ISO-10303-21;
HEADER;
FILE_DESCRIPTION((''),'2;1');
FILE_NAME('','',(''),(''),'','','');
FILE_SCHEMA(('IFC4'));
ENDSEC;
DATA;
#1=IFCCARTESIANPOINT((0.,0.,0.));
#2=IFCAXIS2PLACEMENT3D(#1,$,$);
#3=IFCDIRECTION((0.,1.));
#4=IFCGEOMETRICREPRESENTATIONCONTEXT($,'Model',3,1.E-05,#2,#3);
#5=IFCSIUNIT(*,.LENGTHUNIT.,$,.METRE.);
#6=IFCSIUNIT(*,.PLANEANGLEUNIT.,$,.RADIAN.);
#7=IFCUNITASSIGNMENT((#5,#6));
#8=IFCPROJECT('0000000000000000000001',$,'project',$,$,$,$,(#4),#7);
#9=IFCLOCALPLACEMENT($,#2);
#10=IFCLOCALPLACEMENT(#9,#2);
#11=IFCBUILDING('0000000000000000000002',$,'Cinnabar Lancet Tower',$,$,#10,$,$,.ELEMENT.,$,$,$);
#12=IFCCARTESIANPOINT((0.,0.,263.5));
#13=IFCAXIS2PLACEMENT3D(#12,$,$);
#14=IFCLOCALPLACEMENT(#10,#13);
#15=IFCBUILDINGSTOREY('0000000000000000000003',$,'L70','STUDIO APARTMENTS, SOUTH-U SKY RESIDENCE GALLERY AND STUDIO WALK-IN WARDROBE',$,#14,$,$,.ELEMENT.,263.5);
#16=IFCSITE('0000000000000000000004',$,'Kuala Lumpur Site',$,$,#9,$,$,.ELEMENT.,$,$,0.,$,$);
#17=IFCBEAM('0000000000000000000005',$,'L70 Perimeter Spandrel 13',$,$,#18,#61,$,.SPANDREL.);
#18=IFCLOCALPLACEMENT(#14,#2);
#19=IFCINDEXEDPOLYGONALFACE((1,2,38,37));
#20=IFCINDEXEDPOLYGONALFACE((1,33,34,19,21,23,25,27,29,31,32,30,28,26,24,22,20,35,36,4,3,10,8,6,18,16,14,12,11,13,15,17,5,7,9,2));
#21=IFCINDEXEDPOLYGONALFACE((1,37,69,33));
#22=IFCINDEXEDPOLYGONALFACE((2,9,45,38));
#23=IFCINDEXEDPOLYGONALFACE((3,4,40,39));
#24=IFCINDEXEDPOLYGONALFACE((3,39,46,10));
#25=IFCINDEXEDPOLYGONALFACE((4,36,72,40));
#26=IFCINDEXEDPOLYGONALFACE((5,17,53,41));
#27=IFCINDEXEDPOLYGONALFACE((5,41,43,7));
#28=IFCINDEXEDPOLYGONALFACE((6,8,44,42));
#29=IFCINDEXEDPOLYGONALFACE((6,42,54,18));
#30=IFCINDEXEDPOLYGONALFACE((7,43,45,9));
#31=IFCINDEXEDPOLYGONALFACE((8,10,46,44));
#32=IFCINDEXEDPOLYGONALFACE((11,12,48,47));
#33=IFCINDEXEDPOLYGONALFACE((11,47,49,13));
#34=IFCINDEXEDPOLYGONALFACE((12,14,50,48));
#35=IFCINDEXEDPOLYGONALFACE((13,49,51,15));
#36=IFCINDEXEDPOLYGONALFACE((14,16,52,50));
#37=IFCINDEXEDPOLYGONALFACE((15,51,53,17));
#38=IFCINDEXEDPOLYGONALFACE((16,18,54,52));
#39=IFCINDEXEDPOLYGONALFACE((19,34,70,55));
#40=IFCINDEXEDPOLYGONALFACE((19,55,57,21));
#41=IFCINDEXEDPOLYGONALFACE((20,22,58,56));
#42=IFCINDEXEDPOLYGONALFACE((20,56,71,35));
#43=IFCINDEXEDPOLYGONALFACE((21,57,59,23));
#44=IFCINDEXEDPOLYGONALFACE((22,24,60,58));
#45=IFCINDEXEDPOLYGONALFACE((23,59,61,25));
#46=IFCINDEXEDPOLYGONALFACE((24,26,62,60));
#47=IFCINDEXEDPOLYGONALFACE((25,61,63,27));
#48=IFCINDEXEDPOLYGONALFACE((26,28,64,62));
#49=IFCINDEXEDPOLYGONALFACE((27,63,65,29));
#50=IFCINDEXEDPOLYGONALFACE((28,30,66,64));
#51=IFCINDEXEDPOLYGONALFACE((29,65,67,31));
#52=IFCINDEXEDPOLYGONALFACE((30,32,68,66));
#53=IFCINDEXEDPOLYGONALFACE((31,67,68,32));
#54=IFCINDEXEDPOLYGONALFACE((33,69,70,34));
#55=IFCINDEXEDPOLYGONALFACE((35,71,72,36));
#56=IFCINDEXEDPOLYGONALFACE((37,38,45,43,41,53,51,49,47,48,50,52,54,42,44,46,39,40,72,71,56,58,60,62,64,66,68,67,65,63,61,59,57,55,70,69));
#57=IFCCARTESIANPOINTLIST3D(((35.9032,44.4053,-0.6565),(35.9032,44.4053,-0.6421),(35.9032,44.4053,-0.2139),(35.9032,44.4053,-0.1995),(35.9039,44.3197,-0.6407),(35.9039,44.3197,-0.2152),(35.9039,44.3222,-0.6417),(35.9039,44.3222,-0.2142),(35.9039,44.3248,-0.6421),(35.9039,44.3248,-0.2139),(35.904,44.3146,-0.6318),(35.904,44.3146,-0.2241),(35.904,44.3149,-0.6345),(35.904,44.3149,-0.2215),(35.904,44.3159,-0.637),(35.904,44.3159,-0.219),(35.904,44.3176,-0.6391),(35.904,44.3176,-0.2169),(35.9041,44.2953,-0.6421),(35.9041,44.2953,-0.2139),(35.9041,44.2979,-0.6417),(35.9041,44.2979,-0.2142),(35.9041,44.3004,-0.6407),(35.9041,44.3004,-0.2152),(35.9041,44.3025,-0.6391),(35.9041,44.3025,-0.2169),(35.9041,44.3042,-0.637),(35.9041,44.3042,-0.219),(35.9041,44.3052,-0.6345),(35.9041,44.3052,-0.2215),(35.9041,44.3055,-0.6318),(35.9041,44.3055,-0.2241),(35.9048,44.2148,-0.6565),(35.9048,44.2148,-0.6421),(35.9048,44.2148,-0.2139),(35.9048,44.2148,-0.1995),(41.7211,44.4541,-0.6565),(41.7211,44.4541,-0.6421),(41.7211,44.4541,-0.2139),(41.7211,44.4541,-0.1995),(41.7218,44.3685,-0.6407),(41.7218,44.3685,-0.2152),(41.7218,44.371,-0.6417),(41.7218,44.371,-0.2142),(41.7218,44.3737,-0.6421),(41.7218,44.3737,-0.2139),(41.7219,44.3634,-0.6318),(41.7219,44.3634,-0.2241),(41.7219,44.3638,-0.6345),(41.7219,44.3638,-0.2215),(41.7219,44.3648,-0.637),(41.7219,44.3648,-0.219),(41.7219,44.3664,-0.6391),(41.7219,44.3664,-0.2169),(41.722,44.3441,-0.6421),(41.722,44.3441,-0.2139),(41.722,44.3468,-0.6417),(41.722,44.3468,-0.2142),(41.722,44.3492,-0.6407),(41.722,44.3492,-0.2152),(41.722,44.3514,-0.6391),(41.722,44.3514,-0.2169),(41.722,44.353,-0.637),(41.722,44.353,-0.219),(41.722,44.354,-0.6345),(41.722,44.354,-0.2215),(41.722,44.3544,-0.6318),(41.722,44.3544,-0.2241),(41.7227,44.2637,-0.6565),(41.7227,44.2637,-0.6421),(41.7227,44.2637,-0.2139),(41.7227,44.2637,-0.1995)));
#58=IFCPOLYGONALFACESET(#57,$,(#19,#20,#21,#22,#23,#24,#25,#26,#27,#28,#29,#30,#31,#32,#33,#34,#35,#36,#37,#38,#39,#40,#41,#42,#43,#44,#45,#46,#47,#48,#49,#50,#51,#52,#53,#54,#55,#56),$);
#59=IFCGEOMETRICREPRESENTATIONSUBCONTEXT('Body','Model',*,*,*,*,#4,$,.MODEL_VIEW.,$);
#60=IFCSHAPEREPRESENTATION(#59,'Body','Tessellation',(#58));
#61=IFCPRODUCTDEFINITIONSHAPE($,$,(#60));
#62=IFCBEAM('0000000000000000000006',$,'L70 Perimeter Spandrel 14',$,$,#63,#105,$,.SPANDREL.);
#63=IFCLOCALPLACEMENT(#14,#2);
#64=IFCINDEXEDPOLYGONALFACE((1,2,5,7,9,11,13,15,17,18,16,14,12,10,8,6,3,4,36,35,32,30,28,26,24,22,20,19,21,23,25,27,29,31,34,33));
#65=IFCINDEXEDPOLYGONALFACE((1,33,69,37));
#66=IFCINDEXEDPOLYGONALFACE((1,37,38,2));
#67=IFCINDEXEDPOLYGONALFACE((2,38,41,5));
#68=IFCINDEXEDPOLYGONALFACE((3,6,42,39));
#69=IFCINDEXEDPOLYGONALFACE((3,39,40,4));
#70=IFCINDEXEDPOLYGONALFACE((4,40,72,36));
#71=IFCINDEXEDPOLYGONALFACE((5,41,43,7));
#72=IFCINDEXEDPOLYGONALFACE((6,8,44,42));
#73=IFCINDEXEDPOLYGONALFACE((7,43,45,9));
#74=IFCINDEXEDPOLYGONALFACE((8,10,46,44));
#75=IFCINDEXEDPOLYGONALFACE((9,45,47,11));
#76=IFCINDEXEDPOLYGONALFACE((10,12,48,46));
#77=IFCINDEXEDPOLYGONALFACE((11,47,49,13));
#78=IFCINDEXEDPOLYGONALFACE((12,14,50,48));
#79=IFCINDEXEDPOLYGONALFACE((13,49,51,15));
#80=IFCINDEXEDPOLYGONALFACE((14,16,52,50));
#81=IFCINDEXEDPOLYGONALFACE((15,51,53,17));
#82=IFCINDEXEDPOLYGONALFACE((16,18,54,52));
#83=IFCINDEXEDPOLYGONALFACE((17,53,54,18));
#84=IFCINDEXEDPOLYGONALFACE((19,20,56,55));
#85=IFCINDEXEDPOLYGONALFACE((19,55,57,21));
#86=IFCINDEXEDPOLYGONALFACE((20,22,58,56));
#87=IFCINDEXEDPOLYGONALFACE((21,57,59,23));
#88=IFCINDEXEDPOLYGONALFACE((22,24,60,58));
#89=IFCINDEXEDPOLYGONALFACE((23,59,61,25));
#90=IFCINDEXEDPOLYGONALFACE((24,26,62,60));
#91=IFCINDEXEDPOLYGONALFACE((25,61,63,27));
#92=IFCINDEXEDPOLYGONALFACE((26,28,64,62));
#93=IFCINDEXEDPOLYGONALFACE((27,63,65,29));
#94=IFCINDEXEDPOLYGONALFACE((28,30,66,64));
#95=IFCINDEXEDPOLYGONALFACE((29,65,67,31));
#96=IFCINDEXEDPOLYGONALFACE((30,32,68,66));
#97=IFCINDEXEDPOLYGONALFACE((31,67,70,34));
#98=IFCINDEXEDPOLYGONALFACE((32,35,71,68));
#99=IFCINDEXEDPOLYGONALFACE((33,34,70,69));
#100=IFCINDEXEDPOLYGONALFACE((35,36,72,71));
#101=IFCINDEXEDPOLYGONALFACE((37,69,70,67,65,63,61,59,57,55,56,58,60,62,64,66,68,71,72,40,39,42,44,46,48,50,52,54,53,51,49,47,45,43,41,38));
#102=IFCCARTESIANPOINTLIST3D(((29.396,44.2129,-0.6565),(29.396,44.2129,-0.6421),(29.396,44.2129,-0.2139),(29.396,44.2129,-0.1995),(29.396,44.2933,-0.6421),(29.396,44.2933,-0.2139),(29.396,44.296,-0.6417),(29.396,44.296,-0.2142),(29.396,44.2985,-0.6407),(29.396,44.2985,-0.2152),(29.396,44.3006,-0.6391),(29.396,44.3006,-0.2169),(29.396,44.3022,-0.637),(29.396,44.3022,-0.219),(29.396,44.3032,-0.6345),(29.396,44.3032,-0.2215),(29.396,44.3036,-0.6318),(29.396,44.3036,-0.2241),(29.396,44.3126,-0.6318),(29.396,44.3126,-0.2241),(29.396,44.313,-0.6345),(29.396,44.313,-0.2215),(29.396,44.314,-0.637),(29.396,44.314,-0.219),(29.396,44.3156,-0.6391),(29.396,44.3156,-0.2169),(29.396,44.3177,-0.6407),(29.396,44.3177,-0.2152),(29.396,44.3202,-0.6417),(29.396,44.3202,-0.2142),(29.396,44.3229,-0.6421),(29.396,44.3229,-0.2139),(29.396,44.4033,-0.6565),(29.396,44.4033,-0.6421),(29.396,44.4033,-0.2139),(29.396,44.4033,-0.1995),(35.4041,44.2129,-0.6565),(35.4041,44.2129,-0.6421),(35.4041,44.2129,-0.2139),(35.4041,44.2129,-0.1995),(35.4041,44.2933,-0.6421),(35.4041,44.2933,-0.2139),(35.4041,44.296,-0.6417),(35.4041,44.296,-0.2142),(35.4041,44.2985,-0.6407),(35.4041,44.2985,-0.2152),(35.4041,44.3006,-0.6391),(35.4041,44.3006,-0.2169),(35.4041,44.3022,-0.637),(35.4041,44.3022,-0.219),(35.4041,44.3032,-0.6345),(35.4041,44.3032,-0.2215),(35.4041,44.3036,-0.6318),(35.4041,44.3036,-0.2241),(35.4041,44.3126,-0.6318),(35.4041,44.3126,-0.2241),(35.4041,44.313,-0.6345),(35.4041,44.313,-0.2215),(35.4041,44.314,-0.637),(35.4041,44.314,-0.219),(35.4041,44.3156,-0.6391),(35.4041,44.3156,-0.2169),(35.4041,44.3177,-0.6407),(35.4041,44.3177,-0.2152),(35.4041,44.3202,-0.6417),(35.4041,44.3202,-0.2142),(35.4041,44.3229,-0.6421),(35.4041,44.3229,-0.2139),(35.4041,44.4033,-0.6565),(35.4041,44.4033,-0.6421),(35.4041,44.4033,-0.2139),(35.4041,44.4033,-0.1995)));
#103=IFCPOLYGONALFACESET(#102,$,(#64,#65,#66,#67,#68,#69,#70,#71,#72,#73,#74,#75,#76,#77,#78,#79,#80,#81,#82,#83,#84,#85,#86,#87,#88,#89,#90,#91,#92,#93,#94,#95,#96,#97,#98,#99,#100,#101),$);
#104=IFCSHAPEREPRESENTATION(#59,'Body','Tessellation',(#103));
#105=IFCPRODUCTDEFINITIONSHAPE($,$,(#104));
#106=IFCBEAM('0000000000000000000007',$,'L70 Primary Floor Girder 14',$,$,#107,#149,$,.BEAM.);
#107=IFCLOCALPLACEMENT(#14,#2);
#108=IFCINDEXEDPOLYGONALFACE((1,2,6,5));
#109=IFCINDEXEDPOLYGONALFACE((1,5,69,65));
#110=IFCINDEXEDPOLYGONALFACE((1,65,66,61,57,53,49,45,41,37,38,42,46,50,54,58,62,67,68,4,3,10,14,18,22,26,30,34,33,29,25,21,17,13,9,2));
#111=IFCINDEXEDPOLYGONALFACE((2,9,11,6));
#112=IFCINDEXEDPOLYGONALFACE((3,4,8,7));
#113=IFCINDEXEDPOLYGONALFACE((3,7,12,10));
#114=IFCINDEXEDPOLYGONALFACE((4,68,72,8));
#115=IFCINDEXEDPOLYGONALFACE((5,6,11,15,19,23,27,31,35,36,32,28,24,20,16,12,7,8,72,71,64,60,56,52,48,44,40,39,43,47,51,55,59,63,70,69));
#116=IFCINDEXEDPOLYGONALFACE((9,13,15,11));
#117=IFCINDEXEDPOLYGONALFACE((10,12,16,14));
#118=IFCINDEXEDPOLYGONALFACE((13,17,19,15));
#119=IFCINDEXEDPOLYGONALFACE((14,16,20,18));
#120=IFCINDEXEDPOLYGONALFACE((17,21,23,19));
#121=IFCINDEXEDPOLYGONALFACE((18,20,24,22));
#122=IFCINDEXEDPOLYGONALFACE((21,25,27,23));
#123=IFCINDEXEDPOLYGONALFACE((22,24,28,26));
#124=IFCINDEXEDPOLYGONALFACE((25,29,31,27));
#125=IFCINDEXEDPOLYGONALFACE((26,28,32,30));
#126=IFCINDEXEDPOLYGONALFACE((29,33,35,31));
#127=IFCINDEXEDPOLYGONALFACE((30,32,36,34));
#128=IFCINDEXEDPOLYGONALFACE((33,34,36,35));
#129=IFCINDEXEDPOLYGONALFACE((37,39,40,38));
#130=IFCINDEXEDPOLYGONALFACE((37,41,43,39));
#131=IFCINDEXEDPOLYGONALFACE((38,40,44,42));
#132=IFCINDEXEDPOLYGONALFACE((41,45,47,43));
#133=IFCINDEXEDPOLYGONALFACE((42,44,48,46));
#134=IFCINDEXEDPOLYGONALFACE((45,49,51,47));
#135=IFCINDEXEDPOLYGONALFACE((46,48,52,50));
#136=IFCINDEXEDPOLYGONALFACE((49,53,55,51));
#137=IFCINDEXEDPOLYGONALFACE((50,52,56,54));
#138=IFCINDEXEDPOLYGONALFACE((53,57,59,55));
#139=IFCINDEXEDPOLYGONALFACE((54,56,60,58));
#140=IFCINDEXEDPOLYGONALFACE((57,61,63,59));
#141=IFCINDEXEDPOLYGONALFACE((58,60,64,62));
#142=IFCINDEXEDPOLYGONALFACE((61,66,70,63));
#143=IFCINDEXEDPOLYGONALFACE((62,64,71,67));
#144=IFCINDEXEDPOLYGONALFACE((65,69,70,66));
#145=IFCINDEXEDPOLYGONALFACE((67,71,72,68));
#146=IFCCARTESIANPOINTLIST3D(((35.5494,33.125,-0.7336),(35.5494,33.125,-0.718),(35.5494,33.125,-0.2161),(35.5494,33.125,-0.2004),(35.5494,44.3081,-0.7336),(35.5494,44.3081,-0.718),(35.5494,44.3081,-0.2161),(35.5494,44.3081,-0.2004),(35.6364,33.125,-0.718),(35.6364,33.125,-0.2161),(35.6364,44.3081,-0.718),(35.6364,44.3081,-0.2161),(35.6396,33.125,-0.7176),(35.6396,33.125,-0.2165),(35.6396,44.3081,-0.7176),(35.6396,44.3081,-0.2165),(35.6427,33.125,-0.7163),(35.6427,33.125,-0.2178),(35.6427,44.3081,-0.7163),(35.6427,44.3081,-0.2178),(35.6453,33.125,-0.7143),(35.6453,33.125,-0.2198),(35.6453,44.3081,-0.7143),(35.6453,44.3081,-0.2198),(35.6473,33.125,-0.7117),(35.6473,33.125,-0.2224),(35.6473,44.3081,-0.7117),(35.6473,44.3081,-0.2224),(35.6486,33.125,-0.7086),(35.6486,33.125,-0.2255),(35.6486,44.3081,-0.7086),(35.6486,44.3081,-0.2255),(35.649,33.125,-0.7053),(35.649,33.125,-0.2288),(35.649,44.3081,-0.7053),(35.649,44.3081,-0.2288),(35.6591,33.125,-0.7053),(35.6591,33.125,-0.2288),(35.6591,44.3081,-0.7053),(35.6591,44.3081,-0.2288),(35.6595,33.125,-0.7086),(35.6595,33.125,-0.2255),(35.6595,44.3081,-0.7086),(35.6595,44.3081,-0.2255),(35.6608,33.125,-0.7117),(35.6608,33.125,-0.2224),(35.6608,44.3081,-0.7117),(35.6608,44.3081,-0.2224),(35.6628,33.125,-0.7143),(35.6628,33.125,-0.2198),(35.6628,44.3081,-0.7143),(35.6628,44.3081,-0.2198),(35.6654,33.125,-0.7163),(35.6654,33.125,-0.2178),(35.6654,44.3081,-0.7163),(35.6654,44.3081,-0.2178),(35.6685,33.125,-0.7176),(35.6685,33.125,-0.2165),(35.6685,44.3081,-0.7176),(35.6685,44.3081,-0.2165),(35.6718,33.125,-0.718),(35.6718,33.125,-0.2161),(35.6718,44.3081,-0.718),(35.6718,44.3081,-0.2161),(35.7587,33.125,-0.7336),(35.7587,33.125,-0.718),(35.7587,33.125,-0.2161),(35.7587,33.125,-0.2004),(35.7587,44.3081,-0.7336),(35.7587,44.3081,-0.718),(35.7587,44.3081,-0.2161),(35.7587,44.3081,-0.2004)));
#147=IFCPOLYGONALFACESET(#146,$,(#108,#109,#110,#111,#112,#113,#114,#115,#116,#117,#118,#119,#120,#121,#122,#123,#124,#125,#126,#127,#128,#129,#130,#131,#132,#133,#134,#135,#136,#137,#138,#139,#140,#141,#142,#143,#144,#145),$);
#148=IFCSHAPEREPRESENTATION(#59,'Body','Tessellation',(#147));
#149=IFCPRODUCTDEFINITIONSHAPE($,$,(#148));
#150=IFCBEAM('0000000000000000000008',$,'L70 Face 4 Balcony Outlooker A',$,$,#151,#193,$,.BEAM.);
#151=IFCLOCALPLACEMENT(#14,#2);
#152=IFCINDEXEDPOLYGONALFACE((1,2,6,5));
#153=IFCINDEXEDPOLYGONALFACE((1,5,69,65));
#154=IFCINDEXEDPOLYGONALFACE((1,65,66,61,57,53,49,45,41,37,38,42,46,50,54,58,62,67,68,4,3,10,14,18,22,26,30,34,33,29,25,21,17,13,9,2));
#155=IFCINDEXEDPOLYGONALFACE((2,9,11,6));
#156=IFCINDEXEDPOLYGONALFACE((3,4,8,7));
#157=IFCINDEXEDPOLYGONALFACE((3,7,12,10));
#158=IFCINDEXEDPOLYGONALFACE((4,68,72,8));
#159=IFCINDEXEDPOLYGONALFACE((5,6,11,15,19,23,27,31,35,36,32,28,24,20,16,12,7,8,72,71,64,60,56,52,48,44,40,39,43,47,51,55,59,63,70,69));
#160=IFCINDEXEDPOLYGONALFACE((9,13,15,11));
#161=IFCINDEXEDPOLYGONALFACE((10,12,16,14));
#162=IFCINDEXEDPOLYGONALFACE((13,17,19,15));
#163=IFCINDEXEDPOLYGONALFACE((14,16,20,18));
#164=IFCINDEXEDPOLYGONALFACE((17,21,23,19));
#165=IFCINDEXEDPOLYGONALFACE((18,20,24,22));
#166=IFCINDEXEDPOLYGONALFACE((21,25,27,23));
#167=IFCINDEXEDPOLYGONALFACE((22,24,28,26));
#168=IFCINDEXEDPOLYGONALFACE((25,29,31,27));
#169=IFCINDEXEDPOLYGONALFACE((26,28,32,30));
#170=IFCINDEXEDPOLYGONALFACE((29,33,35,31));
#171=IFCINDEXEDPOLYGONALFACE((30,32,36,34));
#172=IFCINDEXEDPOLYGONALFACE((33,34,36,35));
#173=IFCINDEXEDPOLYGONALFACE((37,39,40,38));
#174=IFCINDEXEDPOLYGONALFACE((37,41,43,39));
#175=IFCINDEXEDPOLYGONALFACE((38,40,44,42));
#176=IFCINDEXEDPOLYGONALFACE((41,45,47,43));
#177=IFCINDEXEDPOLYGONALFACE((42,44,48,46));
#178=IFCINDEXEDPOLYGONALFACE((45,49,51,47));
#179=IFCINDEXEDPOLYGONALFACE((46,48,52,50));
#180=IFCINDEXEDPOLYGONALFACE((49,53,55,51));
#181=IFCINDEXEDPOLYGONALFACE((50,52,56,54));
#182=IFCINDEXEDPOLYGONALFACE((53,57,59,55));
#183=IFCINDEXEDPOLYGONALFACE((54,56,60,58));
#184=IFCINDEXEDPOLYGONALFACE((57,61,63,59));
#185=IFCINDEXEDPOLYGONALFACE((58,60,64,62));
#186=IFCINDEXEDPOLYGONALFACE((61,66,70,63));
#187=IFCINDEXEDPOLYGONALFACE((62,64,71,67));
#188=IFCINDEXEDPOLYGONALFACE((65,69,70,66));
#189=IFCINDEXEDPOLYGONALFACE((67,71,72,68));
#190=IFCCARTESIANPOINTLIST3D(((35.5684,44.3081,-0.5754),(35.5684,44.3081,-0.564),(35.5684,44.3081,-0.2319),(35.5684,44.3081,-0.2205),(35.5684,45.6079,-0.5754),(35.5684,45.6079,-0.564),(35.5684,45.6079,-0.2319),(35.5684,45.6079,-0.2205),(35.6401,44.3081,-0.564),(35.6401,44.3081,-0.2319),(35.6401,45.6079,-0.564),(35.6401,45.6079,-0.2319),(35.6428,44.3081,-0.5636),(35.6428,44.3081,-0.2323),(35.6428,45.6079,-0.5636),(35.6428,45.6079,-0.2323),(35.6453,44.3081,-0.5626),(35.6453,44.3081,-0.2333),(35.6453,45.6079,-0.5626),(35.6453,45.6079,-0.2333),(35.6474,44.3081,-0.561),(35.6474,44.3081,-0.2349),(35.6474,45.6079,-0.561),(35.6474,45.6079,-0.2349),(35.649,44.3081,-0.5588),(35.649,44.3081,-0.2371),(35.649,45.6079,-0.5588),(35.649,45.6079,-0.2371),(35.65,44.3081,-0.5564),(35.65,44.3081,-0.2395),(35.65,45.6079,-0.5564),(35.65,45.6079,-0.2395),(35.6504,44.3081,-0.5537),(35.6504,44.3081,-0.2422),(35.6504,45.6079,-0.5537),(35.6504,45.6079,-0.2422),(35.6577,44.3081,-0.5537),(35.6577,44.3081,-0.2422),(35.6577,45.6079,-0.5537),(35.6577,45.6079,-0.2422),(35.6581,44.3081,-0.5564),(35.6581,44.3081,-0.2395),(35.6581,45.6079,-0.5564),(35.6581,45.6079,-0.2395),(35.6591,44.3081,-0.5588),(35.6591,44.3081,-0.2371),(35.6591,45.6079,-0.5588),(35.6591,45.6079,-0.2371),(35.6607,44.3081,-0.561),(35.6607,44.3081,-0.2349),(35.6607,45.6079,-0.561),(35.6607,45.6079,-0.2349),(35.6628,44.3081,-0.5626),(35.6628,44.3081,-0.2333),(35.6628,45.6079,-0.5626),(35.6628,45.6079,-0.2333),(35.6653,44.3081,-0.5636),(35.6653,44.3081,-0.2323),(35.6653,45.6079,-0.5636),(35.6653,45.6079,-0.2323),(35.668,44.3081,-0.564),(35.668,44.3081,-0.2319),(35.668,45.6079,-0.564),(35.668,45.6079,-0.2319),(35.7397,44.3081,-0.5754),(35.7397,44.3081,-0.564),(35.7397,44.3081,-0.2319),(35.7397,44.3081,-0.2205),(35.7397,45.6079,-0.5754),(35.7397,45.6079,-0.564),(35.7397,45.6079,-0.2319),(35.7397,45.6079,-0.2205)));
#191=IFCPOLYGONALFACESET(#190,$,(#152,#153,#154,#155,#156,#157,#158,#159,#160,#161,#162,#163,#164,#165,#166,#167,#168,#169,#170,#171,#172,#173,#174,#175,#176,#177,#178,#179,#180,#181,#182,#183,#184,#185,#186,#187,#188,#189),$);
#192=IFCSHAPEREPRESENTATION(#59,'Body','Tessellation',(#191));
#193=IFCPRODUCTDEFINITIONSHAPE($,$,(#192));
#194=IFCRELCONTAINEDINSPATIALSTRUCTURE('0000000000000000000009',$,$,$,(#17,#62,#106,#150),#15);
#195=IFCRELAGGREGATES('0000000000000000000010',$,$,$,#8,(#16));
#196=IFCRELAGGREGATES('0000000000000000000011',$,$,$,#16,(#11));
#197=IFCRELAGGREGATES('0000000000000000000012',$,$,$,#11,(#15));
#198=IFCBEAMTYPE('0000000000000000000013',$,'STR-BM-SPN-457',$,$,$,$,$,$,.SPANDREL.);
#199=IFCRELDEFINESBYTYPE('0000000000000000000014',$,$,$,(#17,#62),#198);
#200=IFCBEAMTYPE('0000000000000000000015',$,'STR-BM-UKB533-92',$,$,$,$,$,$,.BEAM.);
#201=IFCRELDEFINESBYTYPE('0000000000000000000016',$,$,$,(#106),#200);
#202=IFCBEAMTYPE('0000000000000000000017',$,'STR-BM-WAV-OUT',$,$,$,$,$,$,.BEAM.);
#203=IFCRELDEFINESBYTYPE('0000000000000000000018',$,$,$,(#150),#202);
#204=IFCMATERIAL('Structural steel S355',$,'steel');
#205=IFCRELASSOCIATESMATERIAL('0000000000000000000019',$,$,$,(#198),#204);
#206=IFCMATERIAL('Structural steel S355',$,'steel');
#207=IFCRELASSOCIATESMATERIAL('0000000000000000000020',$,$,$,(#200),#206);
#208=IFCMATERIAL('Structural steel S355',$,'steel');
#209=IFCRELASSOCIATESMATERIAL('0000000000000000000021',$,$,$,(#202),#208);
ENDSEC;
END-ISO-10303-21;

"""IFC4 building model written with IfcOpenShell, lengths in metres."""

from ifc_helpers import new_model, si_unit, direction, frame, origin, origin_2d, place, context, subcontext, project, spatial, i_section, extrude, material, material_profile, profile_set, type_object, element, save


model = new_model("IFC4")

# Units and contexts
model_context = context("Model", 3, precision=1e-05, world=origin(), true_north=direction((0.0, 1.0)))
body_context = subcontext(model_context, "Body", "Model", "MODEL_VIEW")
ifc_project = project(units=[si_unit("LENGTHUNIT", "METRE"), si_unit("PLANEANGLEUNIT", "RADIAN")], contexts=[model_context])

# Site, building, storey
site_placement = place(None, origin())
site = spatial("IfcSite", under=ifc_project, at=site_placement, Name="Kuala Lumpur Site", CompositionType="ELEMENT", RefElevation=0.0)
building_placement = place(site_placement, origin())
building = spatial("IfcBuilding", under=site, at=building_placement, Name="Cinnabar Lancet Tower", CompositionType="ELEMENT")
storey_placement = place(building_placement, frame((0.0, 0.0, 263.5)))
storey = spatial("IfcBuildingStorey", under=building, at=storey_placement, Name="L70", Description="STUDIO APARTMENTS, SOUTH-U SKY RESIDENCE GALLERY AND STUDIO WALK-IN WARDROBE", CompositionType="ELEMENT", Elevation=263.5)

# Beams
ifc_material_1 = material(Name="Structural steel S355", Category="steel")
ifc_material_profile_1 = material_profile(ifc_material_1, i_section(OverallWidth=0.1904, OverallDepth=0.457, WebThickness=0.009, FlangeThickness=0.0144, FilletRadius=0.0103, at=origin_2d()), Name="UKB 457x191x74")
ifc_profile_set_1 = profile_set([ifc_material_profile_1], Name="Structural steel S355")
beam_type_1 = type_object("IfcBeamType", Name="STR-BM-SPN-457", PredefinedType="SPANDREL", material=ifc_profile_set_1)
beam_1_placement = place(storey_placement, frame((41.7219, 44.3589, -0.428), z_axis=(-0.999965, -0.008392, 0.0), x_axis=(0.008392, -0.999965, 0.0)))
element("IfcBeam", 1, at=beam_1_placement, inside=storey, type_object=beam_type_1, Name="L70 Perimeter Spandrel 13", PredefinedType="SPANDREL", context=body_context, shape_type="SweptSolid", body=[
    extrude(i_section(OverallWidth=0.1904, OverallDepth=0.457, WebThickness=0.009, FlangeThickness=0.0144, FilletRadius=0.0103, at=origin_2d()), origin(), (0.0, 0.0, 1.0), 5.8181),
])
beam_2_placement = place(storey_placement, frame((35.4041, 44.3081, -0.428), z_axis=(-1.0, 0.0, 0.0), x_axis=(0.0, -1.0, 0.0)))
element("IfcBeam", 2, at=beam_2_placement, inside=storey, type_object=beam_type_1, Name="L70 Perimeter Spandrel 14", PredefinedType="SPANDREL", context=body_context, shape_type="SweptSolid", body=[
    extrude(i_section(OverallWidth=0.1904, OverallDepth=0.457, WebThickness=0.009, FlangeThickness=0.0144, FilletRadius=0.0103, at=origin_2d()), origin(), (0.0, 0.0, 1.0), 6.0081),
])
ifc_material_2 = material(Name="Structural steel S355", Category="steel")
ifc_material_profile_2 = material_profile(ifc_material_2, i_section(OverallWidth=0.2092, OverallDepth=0.5332, WebThickness=0.01, FlangeThickness=0.0156, FilletRadius=0.0127, at=origin_2d()), Name="UKB 533x210x92")
ifc_profile_set_2 = profile_set([ifc_material_profile_2], Name="Structural steel S355")
beam_type_2 = type_object("IfcBeamType", Name="STR-BM-UKB533-92", PredefinedType="BEAM", material=ifc_profile_set_2)
beam_3_placement = place(storey_placement, frame((35.6541, 44.3081, -0.467), z_axis=(0.0, -1.0, 0.0), x_axis=(1.0, 0.0, 0.0)))
element("IfcBeam", 3, at=beam_3_placement, inside=storey, type_object=beam_type_2, Name="L70 Primary Floor Girder 14", PredefinedType="BEAM", context=body_context, shape_type="SweptSolid", body=[
    extrude(i_section(OverallWidth=0.2092, OverallDepth=0.5332, WebThickness=0.01, FlangeThickness=0.0156, FilletRadius=0.0127, at=origin_2d()), origin(), (0.0, 0.0, 1.0), 11.1831),
])
ifc_material_3 = material(Name="Structural steel S355", Category="steel")
ifc_material_profile_3 = material_profile(ifc_material_3, i_section(OverallWidth=0.1714, OverallDepth=0.355, WebThickness=0.0073, FlangeThickness=0.0115, FilletRadius=0.0103, at=origin_2d()), Name="UKB 356x171x51")
ifc_profile_set_3 = profile_set([ifc_material_profile_3], Name="Structural steel S355")
beam_type_3 = type_object("IfcBeamType", Name="STR-BM-WAV-OUT", PredefinedType="BEAM", material=ifc_profile_set_3)
beam_4_placement = place(storey_placement, frame((35.6541, 44.3081, -0.3979), z_axis=(0.0, 1.0, 0.0), x_axis=(-1.0, 0.0, 0.0)))
element("IfcBeam", 4, at=beam_4_placement, inside=storey, type_object=beam_type_3, Name="L70 Face 4 Balcony Outlooker A", PredefinedType="BEAM", context=body_context, shape_type="SweptSolid", body=[
    extrude(i_section(OverallWidth=0.1714, OverallDepth=0.355, WebThickness=0.0073, FlangeThickness=0.0115, FilletRadius=0.0103, at=origin_2d()), origin(), (0.0, 0.0, 1.0), 1.2998),
])

save(model, "model.ifc")
